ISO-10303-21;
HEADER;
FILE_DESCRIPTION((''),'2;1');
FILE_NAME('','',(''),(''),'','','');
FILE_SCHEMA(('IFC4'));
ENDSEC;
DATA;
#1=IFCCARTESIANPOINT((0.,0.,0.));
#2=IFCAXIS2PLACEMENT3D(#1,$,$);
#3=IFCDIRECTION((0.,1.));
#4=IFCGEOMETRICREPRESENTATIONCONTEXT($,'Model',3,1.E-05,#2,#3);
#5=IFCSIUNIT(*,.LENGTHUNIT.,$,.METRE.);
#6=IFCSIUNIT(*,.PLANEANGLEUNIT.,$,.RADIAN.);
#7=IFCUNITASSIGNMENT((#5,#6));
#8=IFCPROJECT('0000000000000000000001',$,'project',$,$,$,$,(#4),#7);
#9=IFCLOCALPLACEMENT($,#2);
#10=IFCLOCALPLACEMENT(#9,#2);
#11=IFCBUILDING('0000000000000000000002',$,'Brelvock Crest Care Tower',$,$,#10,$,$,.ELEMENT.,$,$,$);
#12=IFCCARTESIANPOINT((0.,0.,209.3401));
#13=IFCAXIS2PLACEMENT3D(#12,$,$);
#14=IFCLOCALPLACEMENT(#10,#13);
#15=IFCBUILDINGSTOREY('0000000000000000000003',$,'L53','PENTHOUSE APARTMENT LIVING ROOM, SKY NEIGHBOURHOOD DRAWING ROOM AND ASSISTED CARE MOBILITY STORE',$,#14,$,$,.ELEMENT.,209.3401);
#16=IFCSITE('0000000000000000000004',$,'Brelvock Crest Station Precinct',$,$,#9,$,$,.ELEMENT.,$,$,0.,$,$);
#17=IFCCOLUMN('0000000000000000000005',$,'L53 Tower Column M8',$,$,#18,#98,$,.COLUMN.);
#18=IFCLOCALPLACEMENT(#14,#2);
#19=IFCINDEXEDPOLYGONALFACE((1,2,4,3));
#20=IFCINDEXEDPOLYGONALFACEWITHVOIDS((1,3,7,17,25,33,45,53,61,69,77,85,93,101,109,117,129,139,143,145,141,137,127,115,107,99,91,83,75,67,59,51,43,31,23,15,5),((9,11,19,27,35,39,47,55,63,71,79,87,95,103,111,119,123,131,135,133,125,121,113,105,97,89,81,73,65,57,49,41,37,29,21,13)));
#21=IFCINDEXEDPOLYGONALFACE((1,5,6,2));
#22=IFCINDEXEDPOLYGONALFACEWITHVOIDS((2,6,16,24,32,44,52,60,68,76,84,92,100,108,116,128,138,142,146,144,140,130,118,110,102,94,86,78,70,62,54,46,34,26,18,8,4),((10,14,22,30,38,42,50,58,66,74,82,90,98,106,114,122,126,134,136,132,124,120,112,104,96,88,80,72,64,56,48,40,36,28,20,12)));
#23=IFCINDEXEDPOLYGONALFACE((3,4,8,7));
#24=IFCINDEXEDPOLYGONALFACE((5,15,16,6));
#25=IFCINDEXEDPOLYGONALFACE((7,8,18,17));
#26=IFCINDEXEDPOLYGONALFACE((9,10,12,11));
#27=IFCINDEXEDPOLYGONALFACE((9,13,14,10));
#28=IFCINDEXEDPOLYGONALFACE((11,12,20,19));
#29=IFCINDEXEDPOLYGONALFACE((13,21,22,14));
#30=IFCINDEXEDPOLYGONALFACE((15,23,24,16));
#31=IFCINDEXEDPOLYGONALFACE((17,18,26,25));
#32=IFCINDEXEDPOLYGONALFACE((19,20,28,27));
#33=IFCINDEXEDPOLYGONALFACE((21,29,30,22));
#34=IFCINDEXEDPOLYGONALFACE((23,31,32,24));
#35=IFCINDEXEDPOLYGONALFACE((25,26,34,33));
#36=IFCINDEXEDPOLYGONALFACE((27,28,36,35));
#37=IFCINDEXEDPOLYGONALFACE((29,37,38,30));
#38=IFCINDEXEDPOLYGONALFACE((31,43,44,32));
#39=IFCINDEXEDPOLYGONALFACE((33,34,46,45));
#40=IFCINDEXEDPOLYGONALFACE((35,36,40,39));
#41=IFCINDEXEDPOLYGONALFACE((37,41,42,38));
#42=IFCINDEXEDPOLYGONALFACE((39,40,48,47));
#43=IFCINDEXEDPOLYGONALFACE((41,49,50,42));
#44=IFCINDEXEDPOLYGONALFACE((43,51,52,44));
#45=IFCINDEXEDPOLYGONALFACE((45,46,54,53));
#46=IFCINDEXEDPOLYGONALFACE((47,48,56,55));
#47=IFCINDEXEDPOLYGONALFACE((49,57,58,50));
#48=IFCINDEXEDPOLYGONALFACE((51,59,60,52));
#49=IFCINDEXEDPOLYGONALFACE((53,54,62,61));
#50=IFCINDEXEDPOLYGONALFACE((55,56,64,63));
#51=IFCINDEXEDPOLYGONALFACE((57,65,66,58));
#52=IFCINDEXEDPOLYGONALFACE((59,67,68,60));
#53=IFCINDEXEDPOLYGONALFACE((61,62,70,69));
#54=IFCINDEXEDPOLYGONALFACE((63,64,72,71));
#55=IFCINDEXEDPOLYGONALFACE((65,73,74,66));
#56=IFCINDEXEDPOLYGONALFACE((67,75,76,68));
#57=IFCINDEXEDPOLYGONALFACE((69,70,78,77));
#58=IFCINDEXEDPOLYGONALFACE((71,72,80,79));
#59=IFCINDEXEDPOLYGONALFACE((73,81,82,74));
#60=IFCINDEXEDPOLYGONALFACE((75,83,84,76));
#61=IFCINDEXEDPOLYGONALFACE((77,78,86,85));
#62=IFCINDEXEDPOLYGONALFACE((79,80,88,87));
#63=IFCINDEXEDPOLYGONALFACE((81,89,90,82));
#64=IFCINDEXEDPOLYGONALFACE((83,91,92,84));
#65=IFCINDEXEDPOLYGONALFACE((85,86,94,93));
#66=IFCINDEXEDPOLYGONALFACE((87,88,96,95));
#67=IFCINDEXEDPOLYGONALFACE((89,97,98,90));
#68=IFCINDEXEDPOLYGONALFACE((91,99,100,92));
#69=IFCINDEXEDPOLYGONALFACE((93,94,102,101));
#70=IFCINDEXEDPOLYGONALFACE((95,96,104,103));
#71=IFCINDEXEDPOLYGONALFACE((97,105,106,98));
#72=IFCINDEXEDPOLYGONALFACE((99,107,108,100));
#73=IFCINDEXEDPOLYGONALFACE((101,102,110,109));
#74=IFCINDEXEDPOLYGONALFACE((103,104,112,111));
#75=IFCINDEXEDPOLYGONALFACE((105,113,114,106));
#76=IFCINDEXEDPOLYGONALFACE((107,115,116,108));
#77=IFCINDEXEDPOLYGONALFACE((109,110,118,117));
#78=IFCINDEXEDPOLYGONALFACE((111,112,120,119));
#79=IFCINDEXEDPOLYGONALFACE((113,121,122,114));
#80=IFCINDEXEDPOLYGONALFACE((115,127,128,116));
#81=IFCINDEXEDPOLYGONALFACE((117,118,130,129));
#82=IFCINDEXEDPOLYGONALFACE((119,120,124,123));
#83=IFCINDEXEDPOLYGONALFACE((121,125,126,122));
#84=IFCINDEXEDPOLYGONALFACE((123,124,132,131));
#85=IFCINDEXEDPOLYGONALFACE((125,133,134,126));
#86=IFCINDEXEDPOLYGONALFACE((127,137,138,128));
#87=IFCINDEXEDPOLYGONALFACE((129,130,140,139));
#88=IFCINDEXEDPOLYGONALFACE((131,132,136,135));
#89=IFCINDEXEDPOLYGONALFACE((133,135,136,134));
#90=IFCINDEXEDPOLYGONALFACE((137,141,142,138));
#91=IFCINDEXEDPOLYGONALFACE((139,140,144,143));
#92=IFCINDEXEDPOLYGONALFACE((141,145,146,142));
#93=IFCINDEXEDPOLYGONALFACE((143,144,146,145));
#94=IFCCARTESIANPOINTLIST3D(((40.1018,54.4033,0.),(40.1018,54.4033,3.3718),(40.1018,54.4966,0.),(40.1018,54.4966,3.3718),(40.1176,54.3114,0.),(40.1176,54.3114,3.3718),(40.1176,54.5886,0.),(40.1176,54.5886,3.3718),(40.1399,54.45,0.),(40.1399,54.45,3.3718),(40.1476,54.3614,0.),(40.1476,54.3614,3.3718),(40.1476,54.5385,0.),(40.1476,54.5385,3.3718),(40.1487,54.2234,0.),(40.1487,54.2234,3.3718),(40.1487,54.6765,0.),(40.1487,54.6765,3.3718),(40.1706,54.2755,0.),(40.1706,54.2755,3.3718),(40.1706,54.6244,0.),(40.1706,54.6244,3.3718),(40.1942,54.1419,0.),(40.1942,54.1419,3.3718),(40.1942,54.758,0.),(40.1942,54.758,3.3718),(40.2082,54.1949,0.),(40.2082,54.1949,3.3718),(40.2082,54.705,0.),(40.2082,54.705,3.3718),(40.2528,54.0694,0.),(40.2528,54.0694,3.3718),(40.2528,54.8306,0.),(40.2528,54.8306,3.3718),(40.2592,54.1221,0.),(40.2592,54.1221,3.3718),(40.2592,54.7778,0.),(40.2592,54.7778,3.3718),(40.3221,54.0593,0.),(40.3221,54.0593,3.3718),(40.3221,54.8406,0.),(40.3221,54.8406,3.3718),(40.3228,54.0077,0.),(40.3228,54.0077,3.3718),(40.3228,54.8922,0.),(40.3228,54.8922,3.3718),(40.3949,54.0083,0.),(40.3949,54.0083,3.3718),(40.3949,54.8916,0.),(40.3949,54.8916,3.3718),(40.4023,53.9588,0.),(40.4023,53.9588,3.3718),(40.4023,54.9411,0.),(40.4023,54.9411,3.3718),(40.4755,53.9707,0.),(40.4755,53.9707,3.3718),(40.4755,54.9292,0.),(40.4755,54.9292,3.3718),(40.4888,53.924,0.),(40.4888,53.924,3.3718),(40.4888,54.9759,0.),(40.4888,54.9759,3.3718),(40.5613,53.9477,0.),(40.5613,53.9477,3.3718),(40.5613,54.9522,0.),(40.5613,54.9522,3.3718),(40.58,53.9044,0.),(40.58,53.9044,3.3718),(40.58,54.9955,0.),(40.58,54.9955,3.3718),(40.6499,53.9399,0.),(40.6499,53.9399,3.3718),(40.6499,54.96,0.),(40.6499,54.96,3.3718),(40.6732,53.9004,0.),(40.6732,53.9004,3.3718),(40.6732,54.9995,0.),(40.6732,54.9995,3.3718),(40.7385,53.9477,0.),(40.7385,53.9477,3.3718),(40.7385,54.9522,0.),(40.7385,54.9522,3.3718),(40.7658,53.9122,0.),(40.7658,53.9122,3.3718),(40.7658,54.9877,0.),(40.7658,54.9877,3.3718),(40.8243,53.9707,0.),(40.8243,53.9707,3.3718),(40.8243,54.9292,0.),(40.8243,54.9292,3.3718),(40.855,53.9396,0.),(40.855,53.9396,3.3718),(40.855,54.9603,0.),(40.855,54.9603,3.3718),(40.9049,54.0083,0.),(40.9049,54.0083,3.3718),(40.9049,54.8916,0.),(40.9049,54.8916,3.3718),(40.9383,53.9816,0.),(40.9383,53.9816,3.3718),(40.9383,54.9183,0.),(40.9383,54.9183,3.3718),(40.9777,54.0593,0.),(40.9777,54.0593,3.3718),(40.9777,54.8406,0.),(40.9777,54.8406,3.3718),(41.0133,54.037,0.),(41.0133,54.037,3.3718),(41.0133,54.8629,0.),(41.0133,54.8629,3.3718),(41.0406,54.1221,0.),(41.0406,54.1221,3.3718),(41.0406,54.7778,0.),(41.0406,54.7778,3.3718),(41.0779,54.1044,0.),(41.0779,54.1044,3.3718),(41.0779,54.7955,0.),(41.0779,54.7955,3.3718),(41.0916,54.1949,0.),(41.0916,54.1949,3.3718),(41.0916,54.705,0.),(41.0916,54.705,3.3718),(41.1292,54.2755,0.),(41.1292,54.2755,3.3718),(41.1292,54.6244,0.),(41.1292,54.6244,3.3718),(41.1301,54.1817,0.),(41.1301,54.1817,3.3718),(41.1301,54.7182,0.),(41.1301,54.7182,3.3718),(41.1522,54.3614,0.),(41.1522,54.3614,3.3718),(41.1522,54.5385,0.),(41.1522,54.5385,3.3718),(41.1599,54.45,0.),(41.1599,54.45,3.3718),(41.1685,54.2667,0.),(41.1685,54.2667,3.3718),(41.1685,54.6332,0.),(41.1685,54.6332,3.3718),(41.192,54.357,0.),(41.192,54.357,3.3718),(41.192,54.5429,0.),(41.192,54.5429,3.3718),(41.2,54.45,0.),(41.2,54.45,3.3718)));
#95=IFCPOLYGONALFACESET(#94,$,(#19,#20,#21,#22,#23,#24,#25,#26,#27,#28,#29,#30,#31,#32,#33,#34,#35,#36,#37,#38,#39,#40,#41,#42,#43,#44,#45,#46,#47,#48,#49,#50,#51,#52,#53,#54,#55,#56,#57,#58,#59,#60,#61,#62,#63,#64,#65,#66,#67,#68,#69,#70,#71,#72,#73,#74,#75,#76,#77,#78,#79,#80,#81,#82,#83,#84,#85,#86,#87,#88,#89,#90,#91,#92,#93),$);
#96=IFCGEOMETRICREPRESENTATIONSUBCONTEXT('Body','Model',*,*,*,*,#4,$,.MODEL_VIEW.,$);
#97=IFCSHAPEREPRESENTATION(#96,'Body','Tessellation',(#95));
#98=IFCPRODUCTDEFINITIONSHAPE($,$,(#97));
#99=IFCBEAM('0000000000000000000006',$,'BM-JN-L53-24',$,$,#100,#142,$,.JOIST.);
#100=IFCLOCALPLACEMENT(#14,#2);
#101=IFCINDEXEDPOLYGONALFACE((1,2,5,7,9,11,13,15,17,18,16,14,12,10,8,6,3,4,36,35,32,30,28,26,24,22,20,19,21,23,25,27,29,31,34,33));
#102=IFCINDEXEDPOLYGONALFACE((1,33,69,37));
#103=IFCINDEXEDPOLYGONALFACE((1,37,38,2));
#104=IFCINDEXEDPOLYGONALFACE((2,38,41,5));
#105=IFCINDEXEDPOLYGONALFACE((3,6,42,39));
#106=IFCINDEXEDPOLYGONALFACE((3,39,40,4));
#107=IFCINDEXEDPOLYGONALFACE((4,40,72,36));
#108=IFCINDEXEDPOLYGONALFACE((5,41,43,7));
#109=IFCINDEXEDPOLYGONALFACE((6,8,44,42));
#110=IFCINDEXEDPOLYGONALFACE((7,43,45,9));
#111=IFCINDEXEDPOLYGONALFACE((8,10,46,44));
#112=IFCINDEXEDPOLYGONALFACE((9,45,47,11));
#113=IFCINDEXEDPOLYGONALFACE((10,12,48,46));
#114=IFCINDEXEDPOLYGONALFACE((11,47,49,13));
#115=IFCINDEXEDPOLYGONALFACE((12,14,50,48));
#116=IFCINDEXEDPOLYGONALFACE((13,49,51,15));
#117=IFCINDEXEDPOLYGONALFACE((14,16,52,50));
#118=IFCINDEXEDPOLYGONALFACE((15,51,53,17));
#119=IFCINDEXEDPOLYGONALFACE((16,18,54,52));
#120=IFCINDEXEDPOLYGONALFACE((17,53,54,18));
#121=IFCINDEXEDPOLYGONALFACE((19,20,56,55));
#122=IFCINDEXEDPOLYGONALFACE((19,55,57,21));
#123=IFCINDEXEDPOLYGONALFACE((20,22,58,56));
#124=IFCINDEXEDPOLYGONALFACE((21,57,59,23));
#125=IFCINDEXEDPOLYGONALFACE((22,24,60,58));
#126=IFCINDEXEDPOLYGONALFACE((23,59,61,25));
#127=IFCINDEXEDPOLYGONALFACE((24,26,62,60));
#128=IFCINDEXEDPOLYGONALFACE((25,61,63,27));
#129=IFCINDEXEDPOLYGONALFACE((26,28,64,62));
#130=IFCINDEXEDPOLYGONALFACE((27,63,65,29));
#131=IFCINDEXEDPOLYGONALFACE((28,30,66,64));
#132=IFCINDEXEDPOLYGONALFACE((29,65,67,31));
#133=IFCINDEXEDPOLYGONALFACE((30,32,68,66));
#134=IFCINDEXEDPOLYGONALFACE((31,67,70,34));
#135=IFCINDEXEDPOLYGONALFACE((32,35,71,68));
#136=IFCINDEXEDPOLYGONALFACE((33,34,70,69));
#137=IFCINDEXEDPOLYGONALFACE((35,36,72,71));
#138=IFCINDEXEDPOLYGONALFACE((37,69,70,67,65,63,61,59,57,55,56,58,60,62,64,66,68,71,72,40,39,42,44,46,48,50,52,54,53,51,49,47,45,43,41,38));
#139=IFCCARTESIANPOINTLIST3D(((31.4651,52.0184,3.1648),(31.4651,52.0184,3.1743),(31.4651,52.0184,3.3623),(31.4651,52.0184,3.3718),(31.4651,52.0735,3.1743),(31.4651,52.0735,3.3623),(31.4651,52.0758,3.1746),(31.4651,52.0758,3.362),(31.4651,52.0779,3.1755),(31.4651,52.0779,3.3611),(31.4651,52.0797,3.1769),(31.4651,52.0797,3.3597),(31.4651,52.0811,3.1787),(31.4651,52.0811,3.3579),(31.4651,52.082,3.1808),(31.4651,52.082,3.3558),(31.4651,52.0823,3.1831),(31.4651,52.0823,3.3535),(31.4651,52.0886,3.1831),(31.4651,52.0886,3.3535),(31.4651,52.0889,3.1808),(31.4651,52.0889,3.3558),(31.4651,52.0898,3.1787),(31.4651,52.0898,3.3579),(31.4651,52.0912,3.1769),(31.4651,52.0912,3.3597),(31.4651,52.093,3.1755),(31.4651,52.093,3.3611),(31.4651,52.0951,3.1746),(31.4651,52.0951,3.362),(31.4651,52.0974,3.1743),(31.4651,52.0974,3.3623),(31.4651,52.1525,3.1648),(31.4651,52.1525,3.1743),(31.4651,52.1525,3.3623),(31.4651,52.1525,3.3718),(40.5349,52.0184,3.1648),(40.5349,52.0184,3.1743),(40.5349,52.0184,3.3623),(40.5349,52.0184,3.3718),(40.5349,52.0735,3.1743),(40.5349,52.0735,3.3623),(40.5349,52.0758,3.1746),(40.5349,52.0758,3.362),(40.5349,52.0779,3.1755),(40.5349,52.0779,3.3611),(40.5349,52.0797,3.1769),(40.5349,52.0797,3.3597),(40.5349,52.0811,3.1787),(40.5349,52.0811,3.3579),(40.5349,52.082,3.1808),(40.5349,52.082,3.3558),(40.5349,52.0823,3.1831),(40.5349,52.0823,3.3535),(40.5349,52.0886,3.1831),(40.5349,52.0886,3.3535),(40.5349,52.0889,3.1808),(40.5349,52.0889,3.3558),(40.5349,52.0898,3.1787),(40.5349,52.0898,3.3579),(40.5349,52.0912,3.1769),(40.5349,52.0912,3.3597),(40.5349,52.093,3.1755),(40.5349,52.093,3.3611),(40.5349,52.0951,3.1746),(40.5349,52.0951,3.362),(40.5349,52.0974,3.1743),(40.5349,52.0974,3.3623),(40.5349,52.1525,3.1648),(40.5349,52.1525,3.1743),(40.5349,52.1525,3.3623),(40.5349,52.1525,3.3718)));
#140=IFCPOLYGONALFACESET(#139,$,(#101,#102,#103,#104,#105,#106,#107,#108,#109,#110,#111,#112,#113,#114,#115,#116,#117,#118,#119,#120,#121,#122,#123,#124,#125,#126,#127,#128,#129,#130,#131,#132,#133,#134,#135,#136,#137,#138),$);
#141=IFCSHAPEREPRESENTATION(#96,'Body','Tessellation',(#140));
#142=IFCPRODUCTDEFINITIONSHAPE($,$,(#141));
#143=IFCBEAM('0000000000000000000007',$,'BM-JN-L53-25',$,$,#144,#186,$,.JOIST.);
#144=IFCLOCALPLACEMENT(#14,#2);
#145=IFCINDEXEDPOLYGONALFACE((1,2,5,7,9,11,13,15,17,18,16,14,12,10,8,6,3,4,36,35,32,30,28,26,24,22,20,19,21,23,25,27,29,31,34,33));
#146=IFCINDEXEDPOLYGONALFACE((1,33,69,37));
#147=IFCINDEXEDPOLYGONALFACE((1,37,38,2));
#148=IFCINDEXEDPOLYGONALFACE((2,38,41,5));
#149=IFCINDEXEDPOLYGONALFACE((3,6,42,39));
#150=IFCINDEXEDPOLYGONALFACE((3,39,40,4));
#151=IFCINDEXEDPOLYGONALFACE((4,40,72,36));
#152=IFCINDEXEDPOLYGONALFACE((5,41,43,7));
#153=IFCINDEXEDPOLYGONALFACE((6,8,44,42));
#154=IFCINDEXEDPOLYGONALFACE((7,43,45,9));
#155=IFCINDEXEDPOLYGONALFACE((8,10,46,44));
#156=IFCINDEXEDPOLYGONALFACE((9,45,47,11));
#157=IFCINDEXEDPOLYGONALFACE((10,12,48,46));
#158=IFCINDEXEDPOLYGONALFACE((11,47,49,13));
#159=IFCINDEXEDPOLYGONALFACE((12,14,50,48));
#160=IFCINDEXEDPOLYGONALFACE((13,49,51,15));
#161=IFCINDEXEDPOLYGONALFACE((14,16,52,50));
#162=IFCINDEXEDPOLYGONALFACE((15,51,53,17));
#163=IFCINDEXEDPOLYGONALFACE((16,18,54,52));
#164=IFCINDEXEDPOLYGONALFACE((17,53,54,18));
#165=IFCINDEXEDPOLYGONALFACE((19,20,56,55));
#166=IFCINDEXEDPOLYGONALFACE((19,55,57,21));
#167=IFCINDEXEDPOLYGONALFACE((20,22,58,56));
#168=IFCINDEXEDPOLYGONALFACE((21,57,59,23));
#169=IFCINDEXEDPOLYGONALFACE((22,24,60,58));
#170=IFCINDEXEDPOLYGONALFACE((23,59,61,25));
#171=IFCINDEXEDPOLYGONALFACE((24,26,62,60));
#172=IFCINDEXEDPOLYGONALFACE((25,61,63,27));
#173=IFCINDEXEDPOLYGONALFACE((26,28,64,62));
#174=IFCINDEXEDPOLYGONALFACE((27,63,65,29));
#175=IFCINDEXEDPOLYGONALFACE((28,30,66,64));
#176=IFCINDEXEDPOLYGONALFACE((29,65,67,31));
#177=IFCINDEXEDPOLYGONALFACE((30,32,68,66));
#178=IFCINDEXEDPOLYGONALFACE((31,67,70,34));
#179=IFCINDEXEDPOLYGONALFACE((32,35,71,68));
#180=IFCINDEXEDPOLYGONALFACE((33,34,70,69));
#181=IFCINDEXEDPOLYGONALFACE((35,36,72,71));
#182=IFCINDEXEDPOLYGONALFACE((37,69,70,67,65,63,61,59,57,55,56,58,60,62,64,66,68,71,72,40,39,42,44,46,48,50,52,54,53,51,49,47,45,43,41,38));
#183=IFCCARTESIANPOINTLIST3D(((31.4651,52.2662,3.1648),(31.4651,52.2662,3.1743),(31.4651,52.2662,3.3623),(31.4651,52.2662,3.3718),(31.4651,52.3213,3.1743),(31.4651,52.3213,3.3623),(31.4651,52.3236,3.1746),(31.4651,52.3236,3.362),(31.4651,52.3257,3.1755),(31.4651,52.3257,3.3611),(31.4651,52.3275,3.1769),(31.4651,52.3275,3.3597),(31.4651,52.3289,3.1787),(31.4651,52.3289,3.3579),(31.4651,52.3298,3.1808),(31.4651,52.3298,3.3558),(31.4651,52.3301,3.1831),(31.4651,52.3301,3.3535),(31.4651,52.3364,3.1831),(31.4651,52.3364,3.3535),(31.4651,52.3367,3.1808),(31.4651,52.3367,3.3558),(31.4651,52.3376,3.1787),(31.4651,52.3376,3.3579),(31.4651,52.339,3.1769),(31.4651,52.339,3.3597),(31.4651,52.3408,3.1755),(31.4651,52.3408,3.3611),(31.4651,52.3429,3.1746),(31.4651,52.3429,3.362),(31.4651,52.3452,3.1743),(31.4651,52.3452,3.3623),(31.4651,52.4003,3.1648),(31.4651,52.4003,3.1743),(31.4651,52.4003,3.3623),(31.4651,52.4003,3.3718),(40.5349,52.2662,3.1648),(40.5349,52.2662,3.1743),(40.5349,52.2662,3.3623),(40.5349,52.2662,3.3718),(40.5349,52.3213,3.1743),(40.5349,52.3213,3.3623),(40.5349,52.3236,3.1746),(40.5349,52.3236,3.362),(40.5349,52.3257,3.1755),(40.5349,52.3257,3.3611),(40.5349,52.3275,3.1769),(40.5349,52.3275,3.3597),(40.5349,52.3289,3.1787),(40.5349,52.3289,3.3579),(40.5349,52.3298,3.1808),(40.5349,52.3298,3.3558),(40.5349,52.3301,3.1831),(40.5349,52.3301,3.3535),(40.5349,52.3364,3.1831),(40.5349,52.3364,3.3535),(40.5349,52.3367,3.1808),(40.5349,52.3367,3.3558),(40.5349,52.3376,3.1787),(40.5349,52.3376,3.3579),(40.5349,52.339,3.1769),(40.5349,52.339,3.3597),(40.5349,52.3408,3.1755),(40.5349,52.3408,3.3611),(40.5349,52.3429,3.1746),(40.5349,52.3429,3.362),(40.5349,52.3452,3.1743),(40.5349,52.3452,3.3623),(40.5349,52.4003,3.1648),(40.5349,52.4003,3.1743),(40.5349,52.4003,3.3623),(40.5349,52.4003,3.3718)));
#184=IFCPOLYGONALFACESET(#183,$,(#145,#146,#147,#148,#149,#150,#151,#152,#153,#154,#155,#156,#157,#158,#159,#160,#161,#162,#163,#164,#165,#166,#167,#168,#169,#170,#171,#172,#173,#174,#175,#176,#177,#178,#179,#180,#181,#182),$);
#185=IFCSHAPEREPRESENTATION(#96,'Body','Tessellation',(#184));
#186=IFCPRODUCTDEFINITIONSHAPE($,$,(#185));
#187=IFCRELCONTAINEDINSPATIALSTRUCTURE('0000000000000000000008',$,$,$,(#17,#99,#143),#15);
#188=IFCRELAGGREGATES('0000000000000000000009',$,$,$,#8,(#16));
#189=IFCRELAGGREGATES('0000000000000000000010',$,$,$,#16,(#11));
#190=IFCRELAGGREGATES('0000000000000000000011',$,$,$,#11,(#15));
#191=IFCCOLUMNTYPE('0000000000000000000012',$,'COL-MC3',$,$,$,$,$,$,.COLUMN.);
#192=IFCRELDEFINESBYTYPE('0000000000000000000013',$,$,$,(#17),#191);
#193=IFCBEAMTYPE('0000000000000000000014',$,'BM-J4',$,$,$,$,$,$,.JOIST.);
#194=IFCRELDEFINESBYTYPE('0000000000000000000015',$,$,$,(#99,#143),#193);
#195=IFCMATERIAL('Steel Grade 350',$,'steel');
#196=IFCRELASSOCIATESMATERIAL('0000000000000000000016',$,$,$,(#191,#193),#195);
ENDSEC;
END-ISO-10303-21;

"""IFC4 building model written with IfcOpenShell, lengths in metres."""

from ifc_helpers import new_model, si_unit, direction, frame, origin, origin_2d, place, context, subcontext, project, spatial, hollow_circle, i_section, extrude, source, transform, mapped, material, material_profile, profile_set, type_object, element, save


model = new_model("IFC4")

# Units and contexts
model_context = context("Model", 3, precision=1e-05, world=origin(), true_north=direction((0.0, 1.0)))
body_context = subcontext(model_context, "Body", "Model", "MODEL_VIEW")
ifc_project = project(units=[si_unit("LENGTHUNIT", "METRE"), si_unit("PLANEANGLEUNIT", "RADIAN")], contexts=[model_context])

# Site, building, storey
site_placement = place(None, origin())
site = spatial("IfcSite", under=ifc_project, at=site_placement, Name="Brelvock Crest Station Precinct", CompositionType="ELEMENT", RefElevation=0.0)
building_placement = place(site_placement, origin())
building = spatial("IfcBuilding", under=site, at=building_placement, Name="Brelvock Crest Care Tower", CompositionType="ELEMENT")
storey_placement = place(building_placement, frame((0.0, 0.0, 209.3401)))
storey = spatial("IfcBuildingStorey", under=building, at=storey_placement, Name="L53", Description="PENTHOUSE APARTMENT LIVING ROOM, SKY NEIGHBOURHOOD DRAWING ROOM AND ASSISTED CARE MOBILITY STORE", CompositionType="ELEMENT", Elevation=209.3401)

# Column
ifc_material_1 = material(Name="Steel Grade 350", Category="steel")
ifc_material_profile_1 = material_profile(ifc_material_1, hollow_circle(Radius=0.55, WallThickness=0.04, at=origin_2d()), Name="CFT1100x40")
ifc_profile_set_1 = profile_set([ifc_material_profile_1], Name="Steel Grade 350")
column_type = type_object("IfcColumnType", Name="COL-MC3", PredefinedType="COLUMN", material=ifc_profile_set_1)
shared_shape_1 = source(origin(), body_context, "Body", "SweptSolid", [
    extrude(hollow_circle(Radius=0.55, WallThickness=0.04, at=origin_2d()), origin(), (0.0, 0.0, 1.0), 3.3718),
])
column_placement = place(storey_placement, frame((40.6499, 54.45, 0.0), z_axis=(0.0, 0.0, 1.0), x_axis=(1.0, 0.0, 0.0)))
element("IfcColumn", 1, at=column_placement, inside=storey, type_object=column_type, Name="L53 Tower Column M8", PredefinedType="COLUMN", context=body_context, shape_type="MappedRepresentation", body=[
    mapped(shared_shape_1, transform((0.0, 0.0, 0.0), x_axis=(1.0, 0.0, 0.0), y_axis=(0.0, 1.0, 0.0), z_axis=(0.0, 0.0, 1.0), scale=1.0)),
])

# Beams
ifc_material_profile_2 = material_profile(ifc_material_1, i_section(OverallWidth=0.134, OverallDepth=0.207, WebThickness=0.0063, FlangeThickness=0.0095, FilletRadius=0.0088, at=origin_2d()), Name="200UB29.8")
ifc_profile_set_2 = profile_set([ifc_material_profile_2], Name="Steel Grade 350")
beam_type_1 = type_object("IfcBeamType", Name="BM-J4", PredefinedType="JOIST", material=ifc_profile_set_2)
shared_shape_2 = source(origin(), body_context, "Body", "SweptSolid", [
    extrude(i_section(OverallWidth=0.134, OverallDepth=0.207, WebThickness=0.0063, FlangeThickness=0.0095, FilletRadius=0.0088, at=origin_2d()), origin(), (0.0, 0.0, 1.0), 9.0698),
])
for number, where, z_axis, x_axis, name in (
    (2, (31.4651, 52.0854, 3.2683), (1.0, 0.0, 0.0), (0.0, 1.0, 0.0), "BM-JN-L53-24"),
    (3, (31.4651, 52.3333, 3.2683), (1.0, 0.0, 0.0), (0.0, 1.0, 0.0), "BM-JN-L53-25"),
):
    element("IfcBeam", number, at=place(storey_placement, frame(where, z_axis=z_axis, x_axis=x_axis)), inside=storey, type_object=beam_type_1, Name=name, PredefinedType="JOIST", context=body_context, shape_type="MappedRepresentation", body=[
        mapped(shared_shape_2, transform((0.0, 0.0, 0.0), x_axis=(1.0, 0.0, 0.0), y_axis=(0.0, 1.0, 0.0), z_axis=(0.0, 0.0, 1.0), scale=1.0)),
    ])

save(model, "model.ifc")
